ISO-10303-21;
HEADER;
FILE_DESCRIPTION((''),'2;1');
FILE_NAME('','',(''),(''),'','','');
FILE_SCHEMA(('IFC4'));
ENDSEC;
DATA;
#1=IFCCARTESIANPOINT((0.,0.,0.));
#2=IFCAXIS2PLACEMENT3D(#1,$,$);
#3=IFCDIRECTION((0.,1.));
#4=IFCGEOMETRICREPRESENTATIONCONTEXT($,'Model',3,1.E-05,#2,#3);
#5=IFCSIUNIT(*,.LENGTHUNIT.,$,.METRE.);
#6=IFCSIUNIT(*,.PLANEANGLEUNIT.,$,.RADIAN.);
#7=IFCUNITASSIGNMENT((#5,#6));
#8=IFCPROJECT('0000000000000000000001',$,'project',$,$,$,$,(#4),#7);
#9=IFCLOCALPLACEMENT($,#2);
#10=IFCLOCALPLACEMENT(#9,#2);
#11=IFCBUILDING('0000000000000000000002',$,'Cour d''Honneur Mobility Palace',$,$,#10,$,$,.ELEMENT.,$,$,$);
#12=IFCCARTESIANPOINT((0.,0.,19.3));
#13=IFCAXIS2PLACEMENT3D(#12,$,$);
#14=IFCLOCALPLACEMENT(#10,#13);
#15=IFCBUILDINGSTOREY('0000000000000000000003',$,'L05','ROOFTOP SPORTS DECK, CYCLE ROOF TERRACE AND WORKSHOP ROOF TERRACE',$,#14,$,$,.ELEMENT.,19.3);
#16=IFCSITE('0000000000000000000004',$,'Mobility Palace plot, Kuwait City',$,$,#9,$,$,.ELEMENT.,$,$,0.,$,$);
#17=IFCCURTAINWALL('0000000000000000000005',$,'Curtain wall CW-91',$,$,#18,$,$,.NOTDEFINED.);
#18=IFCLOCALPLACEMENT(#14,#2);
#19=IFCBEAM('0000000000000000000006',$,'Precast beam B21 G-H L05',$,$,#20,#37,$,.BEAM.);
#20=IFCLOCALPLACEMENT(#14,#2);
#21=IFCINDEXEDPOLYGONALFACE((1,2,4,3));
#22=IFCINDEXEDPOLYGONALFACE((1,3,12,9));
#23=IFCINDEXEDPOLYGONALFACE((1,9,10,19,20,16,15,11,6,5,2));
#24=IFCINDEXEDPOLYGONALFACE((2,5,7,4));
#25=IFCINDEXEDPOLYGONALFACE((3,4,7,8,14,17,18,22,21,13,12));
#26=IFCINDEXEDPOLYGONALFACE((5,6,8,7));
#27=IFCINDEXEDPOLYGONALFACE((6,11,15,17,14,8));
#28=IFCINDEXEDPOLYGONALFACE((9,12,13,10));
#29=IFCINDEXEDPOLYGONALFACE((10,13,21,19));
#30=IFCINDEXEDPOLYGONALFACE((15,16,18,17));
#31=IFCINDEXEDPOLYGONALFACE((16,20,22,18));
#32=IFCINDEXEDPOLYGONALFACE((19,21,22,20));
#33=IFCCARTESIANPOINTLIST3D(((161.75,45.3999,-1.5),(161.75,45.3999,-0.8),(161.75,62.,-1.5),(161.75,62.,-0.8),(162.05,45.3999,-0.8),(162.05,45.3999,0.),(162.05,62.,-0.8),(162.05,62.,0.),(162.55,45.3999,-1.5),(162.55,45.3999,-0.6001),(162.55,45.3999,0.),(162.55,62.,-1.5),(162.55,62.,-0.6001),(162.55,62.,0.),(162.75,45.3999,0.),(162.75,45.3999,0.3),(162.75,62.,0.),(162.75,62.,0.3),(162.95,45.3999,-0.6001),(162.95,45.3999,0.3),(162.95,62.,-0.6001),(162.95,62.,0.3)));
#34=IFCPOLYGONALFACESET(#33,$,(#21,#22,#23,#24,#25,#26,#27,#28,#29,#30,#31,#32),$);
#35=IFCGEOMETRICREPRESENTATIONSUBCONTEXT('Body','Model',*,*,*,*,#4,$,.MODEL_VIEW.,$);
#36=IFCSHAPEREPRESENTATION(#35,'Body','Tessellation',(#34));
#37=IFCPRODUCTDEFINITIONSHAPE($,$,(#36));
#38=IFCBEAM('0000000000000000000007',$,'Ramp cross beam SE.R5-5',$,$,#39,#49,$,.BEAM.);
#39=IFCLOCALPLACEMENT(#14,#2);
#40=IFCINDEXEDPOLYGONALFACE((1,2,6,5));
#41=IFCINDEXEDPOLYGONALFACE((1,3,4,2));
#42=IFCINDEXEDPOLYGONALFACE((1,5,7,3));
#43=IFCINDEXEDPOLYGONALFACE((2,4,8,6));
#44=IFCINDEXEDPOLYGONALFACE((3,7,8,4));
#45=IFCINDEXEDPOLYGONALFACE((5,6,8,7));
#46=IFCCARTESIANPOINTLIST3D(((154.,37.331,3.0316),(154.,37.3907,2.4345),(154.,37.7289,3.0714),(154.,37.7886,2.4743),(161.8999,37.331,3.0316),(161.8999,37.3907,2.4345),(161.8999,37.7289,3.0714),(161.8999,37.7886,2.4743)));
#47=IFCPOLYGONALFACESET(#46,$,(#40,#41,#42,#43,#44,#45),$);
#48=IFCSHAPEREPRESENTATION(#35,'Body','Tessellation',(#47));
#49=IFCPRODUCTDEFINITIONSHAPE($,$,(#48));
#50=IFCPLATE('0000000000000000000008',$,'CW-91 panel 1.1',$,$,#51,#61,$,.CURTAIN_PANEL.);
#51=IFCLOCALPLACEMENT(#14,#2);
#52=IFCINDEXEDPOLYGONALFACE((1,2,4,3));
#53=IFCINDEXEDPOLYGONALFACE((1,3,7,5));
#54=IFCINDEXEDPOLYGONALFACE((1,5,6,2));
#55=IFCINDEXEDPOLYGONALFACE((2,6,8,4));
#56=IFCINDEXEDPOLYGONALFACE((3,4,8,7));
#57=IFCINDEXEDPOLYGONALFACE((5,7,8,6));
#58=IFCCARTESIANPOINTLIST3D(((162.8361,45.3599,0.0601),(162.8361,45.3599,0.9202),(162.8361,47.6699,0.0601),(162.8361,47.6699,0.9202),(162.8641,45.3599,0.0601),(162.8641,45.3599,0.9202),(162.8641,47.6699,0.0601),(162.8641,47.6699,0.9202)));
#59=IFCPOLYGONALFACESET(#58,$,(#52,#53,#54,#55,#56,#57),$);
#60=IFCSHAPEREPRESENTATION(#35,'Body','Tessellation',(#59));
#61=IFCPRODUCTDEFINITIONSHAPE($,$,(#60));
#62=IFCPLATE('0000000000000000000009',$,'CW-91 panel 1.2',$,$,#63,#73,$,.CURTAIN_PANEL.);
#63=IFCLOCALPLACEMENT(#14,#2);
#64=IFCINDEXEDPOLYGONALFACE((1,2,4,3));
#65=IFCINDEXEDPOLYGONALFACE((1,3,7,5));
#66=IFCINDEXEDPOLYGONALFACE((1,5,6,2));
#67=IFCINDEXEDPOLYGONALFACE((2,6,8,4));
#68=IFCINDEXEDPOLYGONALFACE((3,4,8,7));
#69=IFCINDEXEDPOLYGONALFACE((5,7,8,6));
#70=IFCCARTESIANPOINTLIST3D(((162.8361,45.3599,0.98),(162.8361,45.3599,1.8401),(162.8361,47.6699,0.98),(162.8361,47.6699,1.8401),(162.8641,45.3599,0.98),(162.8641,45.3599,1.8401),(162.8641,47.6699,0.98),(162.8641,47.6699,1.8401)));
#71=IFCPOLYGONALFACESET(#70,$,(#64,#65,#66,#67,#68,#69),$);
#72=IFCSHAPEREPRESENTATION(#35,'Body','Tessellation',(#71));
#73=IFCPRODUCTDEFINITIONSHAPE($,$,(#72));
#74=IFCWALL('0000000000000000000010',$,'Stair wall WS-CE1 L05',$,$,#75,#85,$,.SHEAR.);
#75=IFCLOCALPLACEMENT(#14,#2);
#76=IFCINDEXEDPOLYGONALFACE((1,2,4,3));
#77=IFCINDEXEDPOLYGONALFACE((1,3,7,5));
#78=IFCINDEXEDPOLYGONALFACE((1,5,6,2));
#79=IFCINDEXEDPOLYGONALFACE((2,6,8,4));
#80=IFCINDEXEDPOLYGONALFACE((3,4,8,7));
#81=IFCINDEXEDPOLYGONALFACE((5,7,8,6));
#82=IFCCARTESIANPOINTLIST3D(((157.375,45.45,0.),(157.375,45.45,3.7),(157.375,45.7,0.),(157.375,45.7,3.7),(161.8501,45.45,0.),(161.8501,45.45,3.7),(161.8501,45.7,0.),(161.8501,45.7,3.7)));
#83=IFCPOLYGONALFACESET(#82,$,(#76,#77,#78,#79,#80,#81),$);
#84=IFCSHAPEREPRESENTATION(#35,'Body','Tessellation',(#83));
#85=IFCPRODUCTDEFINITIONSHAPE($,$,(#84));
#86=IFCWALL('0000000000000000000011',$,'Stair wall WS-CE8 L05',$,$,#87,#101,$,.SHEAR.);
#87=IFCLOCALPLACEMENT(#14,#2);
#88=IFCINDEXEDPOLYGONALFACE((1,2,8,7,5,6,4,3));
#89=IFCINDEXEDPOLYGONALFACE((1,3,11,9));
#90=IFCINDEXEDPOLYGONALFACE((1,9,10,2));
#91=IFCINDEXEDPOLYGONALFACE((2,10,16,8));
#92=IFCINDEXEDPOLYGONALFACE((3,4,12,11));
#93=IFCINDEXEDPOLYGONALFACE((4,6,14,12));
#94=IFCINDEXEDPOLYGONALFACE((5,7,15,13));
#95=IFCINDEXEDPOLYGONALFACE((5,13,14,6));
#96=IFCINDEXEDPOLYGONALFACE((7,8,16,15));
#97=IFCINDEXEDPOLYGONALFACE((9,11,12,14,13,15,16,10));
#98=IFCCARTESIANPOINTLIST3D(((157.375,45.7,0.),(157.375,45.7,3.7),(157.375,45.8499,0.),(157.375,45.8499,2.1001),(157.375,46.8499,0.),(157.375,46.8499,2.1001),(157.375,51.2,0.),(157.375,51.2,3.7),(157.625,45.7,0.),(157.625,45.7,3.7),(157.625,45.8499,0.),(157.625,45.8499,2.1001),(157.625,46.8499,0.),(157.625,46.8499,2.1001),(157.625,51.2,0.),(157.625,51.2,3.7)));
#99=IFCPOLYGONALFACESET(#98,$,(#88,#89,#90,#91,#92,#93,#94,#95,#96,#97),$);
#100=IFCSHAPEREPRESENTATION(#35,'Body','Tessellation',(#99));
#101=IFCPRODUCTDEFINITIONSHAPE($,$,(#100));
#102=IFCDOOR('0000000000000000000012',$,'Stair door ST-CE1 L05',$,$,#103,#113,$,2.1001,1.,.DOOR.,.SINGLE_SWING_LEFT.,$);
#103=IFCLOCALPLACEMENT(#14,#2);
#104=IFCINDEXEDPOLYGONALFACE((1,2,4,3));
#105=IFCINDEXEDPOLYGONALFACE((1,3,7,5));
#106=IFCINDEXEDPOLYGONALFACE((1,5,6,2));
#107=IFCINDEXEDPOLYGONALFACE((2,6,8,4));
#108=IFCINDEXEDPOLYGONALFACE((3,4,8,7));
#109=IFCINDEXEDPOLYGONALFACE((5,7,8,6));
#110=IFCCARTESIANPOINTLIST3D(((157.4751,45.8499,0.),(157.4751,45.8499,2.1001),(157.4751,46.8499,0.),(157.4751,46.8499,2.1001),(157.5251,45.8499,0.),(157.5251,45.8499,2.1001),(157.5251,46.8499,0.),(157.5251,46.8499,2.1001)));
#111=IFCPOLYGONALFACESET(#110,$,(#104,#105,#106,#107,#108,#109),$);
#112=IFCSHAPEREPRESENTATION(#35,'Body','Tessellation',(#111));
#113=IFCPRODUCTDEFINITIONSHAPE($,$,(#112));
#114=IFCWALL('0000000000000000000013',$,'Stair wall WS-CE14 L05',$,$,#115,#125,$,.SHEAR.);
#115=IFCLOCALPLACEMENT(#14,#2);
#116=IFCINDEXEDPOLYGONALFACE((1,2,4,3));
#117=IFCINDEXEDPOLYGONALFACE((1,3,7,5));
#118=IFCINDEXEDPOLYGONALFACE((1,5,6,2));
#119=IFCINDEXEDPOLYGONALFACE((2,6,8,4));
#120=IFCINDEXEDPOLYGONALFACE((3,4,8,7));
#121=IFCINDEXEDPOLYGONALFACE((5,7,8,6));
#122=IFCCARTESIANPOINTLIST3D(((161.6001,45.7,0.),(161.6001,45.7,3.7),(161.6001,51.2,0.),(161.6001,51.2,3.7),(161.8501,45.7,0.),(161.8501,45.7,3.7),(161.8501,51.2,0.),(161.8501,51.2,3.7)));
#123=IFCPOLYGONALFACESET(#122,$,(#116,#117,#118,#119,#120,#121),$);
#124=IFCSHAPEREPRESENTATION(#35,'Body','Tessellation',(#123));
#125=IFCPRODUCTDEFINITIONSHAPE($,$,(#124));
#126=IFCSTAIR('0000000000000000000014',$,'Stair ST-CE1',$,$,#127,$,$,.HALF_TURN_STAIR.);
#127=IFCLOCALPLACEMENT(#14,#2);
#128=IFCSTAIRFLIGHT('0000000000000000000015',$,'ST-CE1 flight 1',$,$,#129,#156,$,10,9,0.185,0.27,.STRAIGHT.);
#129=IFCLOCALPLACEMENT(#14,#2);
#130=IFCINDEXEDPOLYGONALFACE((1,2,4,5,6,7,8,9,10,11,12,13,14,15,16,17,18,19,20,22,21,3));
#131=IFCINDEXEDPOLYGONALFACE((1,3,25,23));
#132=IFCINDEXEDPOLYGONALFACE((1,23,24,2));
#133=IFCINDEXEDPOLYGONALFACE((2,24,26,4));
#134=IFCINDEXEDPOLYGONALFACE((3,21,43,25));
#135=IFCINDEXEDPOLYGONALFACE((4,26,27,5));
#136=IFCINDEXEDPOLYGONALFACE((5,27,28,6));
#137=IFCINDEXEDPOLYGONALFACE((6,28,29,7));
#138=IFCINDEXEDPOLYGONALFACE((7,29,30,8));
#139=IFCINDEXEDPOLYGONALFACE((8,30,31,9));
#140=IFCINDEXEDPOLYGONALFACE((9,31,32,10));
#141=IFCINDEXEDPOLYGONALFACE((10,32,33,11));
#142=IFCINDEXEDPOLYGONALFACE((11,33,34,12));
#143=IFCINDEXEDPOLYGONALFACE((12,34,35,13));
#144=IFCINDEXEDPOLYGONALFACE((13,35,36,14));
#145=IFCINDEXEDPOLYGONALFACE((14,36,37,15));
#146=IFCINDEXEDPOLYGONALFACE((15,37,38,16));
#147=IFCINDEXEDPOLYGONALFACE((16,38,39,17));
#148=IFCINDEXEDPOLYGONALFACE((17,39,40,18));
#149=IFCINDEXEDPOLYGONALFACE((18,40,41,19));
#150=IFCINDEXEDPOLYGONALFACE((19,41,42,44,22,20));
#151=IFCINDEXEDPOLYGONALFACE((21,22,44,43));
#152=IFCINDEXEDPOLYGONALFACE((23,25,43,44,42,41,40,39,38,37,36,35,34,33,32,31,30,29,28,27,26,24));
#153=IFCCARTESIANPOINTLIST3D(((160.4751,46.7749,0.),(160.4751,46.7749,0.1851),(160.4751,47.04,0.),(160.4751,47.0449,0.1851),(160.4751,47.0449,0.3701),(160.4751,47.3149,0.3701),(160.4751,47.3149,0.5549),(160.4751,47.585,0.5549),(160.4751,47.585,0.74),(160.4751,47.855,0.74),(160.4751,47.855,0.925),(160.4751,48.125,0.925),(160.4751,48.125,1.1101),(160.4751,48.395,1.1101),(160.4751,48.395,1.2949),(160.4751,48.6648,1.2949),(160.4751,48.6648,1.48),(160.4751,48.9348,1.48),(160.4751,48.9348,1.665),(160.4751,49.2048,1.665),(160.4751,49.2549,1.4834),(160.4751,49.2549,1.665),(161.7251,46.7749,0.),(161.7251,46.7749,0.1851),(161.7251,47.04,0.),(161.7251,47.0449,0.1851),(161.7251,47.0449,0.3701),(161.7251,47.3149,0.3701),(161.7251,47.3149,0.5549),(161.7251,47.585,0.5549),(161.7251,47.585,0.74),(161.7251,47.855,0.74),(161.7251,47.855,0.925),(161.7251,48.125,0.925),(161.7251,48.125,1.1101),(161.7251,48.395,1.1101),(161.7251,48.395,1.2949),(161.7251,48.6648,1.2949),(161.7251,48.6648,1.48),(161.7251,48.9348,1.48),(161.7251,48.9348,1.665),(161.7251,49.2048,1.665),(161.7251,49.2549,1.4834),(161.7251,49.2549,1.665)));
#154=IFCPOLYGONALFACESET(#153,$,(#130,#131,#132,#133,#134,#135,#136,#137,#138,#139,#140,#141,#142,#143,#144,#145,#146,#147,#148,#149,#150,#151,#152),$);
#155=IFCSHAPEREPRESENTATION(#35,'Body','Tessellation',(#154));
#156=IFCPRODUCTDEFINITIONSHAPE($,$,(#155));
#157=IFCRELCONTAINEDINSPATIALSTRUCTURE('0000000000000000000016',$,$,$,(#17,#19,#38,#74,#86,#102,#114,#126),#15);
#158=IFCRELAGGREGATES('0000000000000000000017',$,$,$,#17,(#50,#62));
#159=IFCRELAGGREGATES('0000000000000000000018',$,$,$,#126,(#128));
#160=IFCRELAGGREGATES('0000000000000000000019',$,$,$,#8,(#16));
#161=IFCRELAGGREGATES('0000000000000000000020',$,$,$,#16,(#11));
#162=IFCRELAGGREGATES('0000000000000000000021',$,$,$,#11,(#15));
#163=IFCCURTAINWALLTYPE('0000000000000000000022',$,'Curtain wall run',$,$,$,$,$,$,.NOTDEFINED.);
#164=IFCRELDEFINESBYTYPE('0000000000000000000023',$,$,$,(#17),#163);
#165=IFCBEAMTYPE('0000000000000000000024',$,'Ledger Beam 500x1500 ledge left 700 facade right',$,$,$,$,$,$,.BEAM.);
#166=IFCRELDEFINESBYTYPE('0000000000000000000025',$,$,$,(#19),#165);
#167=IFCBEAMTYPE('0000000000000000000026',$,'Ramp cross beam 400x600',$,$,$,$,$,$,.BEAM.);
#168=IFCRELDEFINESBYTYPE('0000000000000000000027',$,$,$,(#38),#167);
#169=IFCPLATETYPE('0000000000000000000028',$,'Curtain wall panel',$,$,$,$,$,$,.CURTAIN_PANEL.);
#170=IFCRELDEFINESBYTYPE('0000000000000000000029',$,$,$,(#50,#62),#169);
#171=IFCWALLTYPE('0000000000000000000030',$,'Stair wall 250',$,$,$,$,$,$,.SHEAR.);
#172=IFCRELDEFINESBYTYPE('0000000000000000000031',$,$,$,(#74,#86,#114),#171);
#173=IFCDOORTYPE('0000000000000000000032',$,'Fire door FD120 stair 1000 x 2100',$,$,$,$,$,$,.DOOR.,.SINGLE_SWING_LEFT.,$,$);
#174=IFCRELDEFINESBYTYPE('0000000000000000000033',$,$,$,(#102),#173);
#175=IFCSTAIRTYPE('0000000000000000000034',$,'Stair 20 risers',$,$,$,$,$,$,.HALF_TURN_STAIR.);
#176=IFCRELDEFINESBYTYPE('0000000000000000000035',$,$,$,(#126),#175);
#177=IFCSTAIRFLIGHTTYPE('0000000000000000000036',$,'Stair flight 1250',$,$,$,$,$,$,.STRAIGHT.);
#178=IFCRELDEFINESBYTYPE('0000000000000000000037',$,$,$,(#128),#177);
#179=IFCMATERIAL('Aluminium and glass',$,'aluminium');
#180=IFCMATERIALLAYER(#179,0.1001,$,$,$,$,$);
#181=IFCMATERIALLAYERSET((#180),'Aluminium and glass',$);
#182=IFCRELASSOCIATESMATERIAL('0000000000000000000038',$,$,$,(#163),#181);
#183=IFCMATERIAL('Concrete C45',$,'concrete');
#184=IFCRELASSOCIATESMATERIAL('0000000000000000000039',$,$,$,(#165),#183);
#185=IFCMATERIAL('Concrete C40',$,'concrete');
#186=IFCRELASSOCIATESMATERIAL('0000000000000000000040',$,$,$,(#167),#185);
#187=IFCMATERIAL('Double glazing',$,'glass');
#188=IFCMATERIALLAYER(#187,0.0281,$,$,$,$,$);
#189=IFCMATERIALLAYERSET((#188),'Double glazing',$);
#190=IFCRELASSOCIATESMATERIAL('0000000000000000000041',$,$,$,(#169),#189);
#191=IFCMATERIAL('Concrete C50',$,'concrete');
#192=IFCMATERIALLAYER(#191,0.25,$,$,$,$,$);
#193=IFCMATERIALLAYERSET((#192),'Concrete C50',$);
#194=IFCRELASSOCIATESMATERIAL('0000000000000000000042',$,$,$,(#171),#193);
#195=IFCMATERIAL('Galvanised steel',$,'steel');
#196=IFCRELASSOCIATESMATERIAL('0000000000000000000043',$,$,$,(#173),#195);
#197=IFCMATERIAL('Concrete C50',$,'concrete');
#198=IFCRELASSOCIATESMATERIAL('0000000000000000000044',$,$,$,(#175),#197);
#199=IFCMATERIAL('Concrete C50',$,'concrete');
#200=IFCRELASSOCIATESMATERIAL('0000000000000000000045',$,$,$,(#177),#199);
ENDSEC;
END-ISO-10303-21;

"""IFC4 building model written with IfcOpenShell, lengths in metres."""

from ifc_helpers import new_model, si_unit, direction, frame, frame_2d, origin, origin_2d, place, context, subcontext, project, spatial, polyline, rectangle, outline, extrude, material, layer, layer_set, material_profile, profile_set, type_object, element, fill, aggregate, save


model = new_model("IFC4")

# Units and contexts
model_context = context("Model", 3, precision=1e-05, world=origin(), true_north=direction((0.0, 1.0)))
body_context = subcontext(model_context, "Body", "Model", "MODEL_VIEW")
ifc_project = project(units=[si_unit("LENGTHUNIT", "METRE"), si_unit("PLANEANGLEUNIT", "RADIAN")], contexts=[model_context])

# Site, building, storey
site_placement = place(None, origin())
site = spatial("IfcSite", under=ifc_project, at=site_placement, Name="Mobility Palace plot, Kuwait City", CompositionType="ELEMENT", RefElevation=0.0)
building_placement = place(site_placement, origin())
building = spatial("IfcBuilding", under=site, at=building_placement, Name="Cour d'Honneur Mobility Palace", CompositionType="ELEMENT")
storey_placement = place(building_placement, frame((0.0, 0.0, 19.3)))
storey = spatial("IfcBuildingStorey", under=building, at=storey_placement, Name="L05", Description="ROOFTOP SPORTS DECK, CYCLE ROOF TERRACE AND WORKSHOP ROOF TERRACE", CompositionType="ELEMENT", Elevation=19.3)

# Curtain wall
ifc_material_1 = material(Name="Aluminium and glass", Category="aluminium")
ifc_layer_1 = layer(ifc_material_1, 0.1001)
ifc_layer_set_1 = layer_set([ifc_layer_1], Name="Aluminium and glass")
curtain_wall_type = type_object("IfcCurtainWallType", Name="Curtain wall run", PredefinedType="NOTDEFINED", material=ifc_layer_set_1)
curtain_wall_placement = place(storey_placement, origin())
curtain_wall = element("IfcCurtainWall", 1, at=curtain_wall_placement, inside=storey, type_object=curtain_wall_type, Name="Curtain wall CW-91", PredefinedType="NOTDEFINED")

# Beams
ifc_material_2 = material(Name="Concrete C45", Category="concrete")
ifc_material_profile_1 = material_profile(ifc_material_2, outline(polyline([(0.55, -1.5), (0.55, -0.8), (0.25, -0.8), (0.25, 0.0), (-0.25, 0.0), (-0.45, 0.0), (-0.45, 0.3), (-0.6499, 0.3), (-0.6499, -0.6001), (-0.25, -0.6001), (-0.25, -1.5), (0.55, -1.5)])), Name="Ledger Beam 500x1500 ledge left 700 facade right")
ifc_profile_set_1 = profile_set([ifc_material_profile_1], Name="Concrete C45")
beam_type_1 = type_object("IfcBeamType", Name="Ledger Beam 500x1500 ledge left 700 facade right", PredefinedType="BEAM", material=ifc_profile_set_1)
beam_1_placement = place(storey_placement, frame((162.3, 45.3999, 0.0), z_axis=(0.0, 1.0, 0.0), x_axis=(-1.0, 0.0, 0.0)))
element("IfcBeam", 2, at=beam_1_placement, inside=storey, type_object=beam_type_1, Name="Precast beam B21 G-H L05", PredefinedType="BEAM", context=body_context, shape_type="SweptSolid", body=[
    extrude(outline(polyline([(0.55, -1.5), (0.55, -0.8), (0.25, -0.8), (0.25, 0.0), (-0.25, 0.0), (-0.45, 0.0), (-0.45, 0.3), (-0.6499, 0.3), (-0.6499, -0.6001), (-0.25, -0.6001), (-0.25, -1.5), (0.55, -1.5)])), origin(), (0.0, 0.0, 1.0), 16.6001),
])
ifc_material_3 = material(Name="Concrete C40", Category="concrete")
ifc_material_profile_2 = material_profile(ifc_material_3, rectangle(XDim=0.3999, YDim=0.6001, at=origin_2d()), Name="Ramp cross beam 400x600")
ifc_profile_set_2 = profile_set([ifc_material_profile_2], Name="Concrete C40")
beam_type_2 = type_object("IfcBeamType", Name="Ramp cross beam 400x600", PredefinedType="BEAM", material=ifc_profile_set_2)
beam_2_placement = place(storey_placement, frame((161.8999, 37.5598, 2.7529), z_axis=(-1.0, 0.0, 0.0), x_axis=(0.0, -0.995037, -0.099504)))
element("IfcBeam", 3, at=beam_2_placement, inside=storey, type_object=beam_type_2, Name="Ramp cross beam SE.R5-5", PredefinedType="BEAM", context=body_context, shape_type="SweptSolid", body=[
    extrude(rectangle(XDim=0.3999, YDim=0.6001, at=origin_2d()), origin(), (0.0, 0.0, 1.0), 7.8999),
])

# Plates
ifc_material_4 = material(Name="Double glazing", Category="glass")
ifc_layer_2 = layer(ifc_material_4, 0.0281)
ifc_layer_set_2 = layer_set([ifc_layer_2], Name="Double glazing")
plate_type = type_object("IfcPlateType", Name="Curtain wall panel", PredefinedType="CURTAIN_PANEL", material=ifc_layer_set_2)
plate_1_placement = place(storey_placement, frame((162.8501, 46.5149, 0.0601), z_axis=(0.0, 0.0, 1.0), x_axis=(0.0, 1.0, 0.0)))
plate_1 = element("IfcPlate", 4, at=plate_1_placement, type_object=plate_type, Name="CW-91 panel 1.1", PredefinedType="CURTAIN_PANEL", context=body_context, shape_type="SweptSolid", body=[
    extrude(rectangle(XDim=2.3101, YDim=0.0281, at=origin_2d()), origin(), (0.0, 0.0, 1.0), 0.8601),
])
plate_2_placement = place(storey_placement, frame((162.8501, 46.5149, 0.98), z_axis=(0.0, 0.0, 1.0), x_axis=(0.0, 1.0, 0.0)))
plate_2 = element("IfcPlate", 5, at=plate_2_placement, type_object=plate_type, Name="CW-91 panel 1.2", PredefinedType="CURTAIN_PANEL", context=body_context, shape_type="SweptSolid", body=[
    extrude(rectangle(XDim=2.3101, YDim=0.0281, at=origin_2d()), origin(), (0.0, 0.0, 1.0), 0.8601),
])
aggregate(curtain_wall, [plate_1, plate_2])

# Wall
ifc_material_5 = material(Name="Concrete C50", Category="concrete")
ifc_layer_3 = layer(ifc_material_5, 0.25)
ifc_layer_set_3 = layer_set([ifc_layer_3], Name="Concrete C50")
wall_type = type_object("IfcWallType", Name="Stair wall 250", PredefinedType="SHEAR", material=ifc_layer_set_3)
wall_1_placement = place(storey_placement, frame((157.375, 45.575, 0.0), z_axis=(0.0, 0.0, 1.0), x_axis=(1.0, 0.0, 0.0)))
element("IfcWall", 6, at=wall_1_placement, inside=storey, type_object=wall_type, Name="Stair wall WS-CE1 L05", PredefinedType="SHEAR", context=body_context, shape_type="SweptSolid", body=[
    extrude(rectangle(XDim=4.4751, YDim=0.25, at=frame_2d((2.2375, 0.0))), origin(), (0.0, 0.0, 1.0), 3.7),
])

# Wall, opening, door
wall_2_placement = place(storey_placement, frame((157.5, 45.7, 0.0), z_axis=(0.0, 0.0, 1.0), x_axis=(0.0, 1.0, 0.0)))
wall_2 = element("IfcWall", 7, at=wall_2_placement, inside=storey, type_object=wall_type, Name="Stair wall WS-CE8 L05", PredefinedType="SHEAR", context=body_context, shape_type="SweptSolid", body=[
    extrude(rectangle(XDim=5.5, YDim=0.25, at=frame_2d((2.75, 0.0))), origin(), (0.0, 0.0, 1.0), 3.7),
])
opening_placement = place(wall_2_placement, frame((0.1499, 0.0, 0.0)))
opening = element("IfcOpeningElement", 8, at=opening_placement, cuts=wall_2, PredefinedType="OPENING", context=body_context, shape_type="SweptSolid", body=[
    extrude(rectangle(XDim=1.0, YDim=2.1001, at=frame_2d((0.5, 1.05))), frame((0.0, 0.135, 0.0), z_axis=(0.0, -1.0, 0.0), x_axis=(1.0, 0.0, 0.0)), (0.0, 0.0, 1.0), 0.27),
])
ifc_material_6 = material(Name="Galvanised steel", Category="steel")
door_type = type_object("IfcDoorType", Name="Fire door FD120 stair 1000 x 2100", OperationType="SINGLE_SWING_LEFT", PredefinedType="DOOR", material=ifc_material_6)
door_placement = place(opening_placement, origin())
door = element("IfcDoor", 9, at=door_placement, inside=storey, type_object=door_type, Name="Stair door ST-CE1 L05", OperationType="SINGLE_SWING_LEFT", OverallHeight=2.1001, OverallWidth=1.0, PredefinedType="DOOR", context=body_context, shape_type="SweptSolid", body=[
    extrude(rectangle(XDim=1.0, YDim=2.1001, at=frame_2d((0.5, 1.05))), frame((0.0, 0.0249, 0.0), z_axis=(0.0, -1.0, 0.0), x_axis=(1.0, 0.0, 0.0)), (0.0, 0.0, 1.0), 0.05),
])
fill(opening, door)

# Wall
wall_3_placement = place(storey_placement, frame((161.7251, 45.7, 0.0), z_axis=(0.0, 0.0, 1.0), x_axis=(0.0, 1.0, 0.0)))
element("IfcWall", 10, at=wall_3_placement, inside=storey, type_object=wall_type, Name="Stair wall WS-CE14 L05", PredefinedType="SHEAR", context=body_context, shape_type="SweptSolid", body=[
    extrude(rectangle(XDim=5.5, YDim=0.25, at=frame_2d((2.75, 0.0))), origin(), (0.0, 0.0, 1.0), 3.7),
])

# Stair, stair flight
ifc_material_7 = material(Name="Concrete C50", Category="concrete")
stair_type = type_object("IfcStairType", Name="Stair 20 risers", PredefinedType="HALF_TURN_STAIR", material=ifc_material_7)
stair_placement = place(storey_placement, origin())
stair = element("IfcStair", 11, at=stair_placement, inside=storey, type_object=stair_type, Name="Stair ST-CE1", PredefinedType="HALF_TURN_STAIR")
ifc_material_8 = material(Name="Concrete C50", Category="concrete")
stair_flight_type = type_object("IfcStairFlightType", Name="Stair flight 1250", PredefinedType="STRAIGHT", material=ifc_material_8)
stair_flight_placement = place(storey_placement, frame((161.1001, 46.7749, 0.0), z_axis=(0.0, 0.0, 1.0), x_axis=(0.0, 1.0, 0.0)))
stair_flight = element("IfcStairFlight", 12, at=stair_flight_placement, type_object=stair_flight_type, Name="ST-CE1 flight 1", NumberOfRisers=10, NumberOfTreads=9, PredefinedType="STRAIGHT", RiserHeight=0.185, TreadLength=0.27, context=body_context, shape_type="SweptSolid", body=[
    extrude(outline(polyline([(0.0, 0.0), (0.0, 0.1851), (0.27, 0.1851), (0.27, 0.3701), (0.54, 0.3701), (0.54, 0.5549), (0.8101, 0.5549), (0.8101, 0.74), (1.0801, 0.74), (1.0801, 0.925), (1.3501, 0.925), (1.3501, 1.1101), (1.6201, 1.1101), (1.6201, 1.2949), (1.8899, 1.2949), (1.8899, 1.48), (2.1599, 1.48), (2.1599, 1.665), (2.4299, 1.665), (2.48, 1.665), (2.48, 1.4834), (0.2651, 0.0), (0.0, 0.0)])), frame((0.0, 0.625, 0.0), z_axis=(0.0, -1.0, 0.0), x_axis=(1.0, 0.0, 0.0)), (0.0, 0.0, 1.0), 1.25),
])
aggregate(stair, [stair_flight])

save(model, "model.ifc")
